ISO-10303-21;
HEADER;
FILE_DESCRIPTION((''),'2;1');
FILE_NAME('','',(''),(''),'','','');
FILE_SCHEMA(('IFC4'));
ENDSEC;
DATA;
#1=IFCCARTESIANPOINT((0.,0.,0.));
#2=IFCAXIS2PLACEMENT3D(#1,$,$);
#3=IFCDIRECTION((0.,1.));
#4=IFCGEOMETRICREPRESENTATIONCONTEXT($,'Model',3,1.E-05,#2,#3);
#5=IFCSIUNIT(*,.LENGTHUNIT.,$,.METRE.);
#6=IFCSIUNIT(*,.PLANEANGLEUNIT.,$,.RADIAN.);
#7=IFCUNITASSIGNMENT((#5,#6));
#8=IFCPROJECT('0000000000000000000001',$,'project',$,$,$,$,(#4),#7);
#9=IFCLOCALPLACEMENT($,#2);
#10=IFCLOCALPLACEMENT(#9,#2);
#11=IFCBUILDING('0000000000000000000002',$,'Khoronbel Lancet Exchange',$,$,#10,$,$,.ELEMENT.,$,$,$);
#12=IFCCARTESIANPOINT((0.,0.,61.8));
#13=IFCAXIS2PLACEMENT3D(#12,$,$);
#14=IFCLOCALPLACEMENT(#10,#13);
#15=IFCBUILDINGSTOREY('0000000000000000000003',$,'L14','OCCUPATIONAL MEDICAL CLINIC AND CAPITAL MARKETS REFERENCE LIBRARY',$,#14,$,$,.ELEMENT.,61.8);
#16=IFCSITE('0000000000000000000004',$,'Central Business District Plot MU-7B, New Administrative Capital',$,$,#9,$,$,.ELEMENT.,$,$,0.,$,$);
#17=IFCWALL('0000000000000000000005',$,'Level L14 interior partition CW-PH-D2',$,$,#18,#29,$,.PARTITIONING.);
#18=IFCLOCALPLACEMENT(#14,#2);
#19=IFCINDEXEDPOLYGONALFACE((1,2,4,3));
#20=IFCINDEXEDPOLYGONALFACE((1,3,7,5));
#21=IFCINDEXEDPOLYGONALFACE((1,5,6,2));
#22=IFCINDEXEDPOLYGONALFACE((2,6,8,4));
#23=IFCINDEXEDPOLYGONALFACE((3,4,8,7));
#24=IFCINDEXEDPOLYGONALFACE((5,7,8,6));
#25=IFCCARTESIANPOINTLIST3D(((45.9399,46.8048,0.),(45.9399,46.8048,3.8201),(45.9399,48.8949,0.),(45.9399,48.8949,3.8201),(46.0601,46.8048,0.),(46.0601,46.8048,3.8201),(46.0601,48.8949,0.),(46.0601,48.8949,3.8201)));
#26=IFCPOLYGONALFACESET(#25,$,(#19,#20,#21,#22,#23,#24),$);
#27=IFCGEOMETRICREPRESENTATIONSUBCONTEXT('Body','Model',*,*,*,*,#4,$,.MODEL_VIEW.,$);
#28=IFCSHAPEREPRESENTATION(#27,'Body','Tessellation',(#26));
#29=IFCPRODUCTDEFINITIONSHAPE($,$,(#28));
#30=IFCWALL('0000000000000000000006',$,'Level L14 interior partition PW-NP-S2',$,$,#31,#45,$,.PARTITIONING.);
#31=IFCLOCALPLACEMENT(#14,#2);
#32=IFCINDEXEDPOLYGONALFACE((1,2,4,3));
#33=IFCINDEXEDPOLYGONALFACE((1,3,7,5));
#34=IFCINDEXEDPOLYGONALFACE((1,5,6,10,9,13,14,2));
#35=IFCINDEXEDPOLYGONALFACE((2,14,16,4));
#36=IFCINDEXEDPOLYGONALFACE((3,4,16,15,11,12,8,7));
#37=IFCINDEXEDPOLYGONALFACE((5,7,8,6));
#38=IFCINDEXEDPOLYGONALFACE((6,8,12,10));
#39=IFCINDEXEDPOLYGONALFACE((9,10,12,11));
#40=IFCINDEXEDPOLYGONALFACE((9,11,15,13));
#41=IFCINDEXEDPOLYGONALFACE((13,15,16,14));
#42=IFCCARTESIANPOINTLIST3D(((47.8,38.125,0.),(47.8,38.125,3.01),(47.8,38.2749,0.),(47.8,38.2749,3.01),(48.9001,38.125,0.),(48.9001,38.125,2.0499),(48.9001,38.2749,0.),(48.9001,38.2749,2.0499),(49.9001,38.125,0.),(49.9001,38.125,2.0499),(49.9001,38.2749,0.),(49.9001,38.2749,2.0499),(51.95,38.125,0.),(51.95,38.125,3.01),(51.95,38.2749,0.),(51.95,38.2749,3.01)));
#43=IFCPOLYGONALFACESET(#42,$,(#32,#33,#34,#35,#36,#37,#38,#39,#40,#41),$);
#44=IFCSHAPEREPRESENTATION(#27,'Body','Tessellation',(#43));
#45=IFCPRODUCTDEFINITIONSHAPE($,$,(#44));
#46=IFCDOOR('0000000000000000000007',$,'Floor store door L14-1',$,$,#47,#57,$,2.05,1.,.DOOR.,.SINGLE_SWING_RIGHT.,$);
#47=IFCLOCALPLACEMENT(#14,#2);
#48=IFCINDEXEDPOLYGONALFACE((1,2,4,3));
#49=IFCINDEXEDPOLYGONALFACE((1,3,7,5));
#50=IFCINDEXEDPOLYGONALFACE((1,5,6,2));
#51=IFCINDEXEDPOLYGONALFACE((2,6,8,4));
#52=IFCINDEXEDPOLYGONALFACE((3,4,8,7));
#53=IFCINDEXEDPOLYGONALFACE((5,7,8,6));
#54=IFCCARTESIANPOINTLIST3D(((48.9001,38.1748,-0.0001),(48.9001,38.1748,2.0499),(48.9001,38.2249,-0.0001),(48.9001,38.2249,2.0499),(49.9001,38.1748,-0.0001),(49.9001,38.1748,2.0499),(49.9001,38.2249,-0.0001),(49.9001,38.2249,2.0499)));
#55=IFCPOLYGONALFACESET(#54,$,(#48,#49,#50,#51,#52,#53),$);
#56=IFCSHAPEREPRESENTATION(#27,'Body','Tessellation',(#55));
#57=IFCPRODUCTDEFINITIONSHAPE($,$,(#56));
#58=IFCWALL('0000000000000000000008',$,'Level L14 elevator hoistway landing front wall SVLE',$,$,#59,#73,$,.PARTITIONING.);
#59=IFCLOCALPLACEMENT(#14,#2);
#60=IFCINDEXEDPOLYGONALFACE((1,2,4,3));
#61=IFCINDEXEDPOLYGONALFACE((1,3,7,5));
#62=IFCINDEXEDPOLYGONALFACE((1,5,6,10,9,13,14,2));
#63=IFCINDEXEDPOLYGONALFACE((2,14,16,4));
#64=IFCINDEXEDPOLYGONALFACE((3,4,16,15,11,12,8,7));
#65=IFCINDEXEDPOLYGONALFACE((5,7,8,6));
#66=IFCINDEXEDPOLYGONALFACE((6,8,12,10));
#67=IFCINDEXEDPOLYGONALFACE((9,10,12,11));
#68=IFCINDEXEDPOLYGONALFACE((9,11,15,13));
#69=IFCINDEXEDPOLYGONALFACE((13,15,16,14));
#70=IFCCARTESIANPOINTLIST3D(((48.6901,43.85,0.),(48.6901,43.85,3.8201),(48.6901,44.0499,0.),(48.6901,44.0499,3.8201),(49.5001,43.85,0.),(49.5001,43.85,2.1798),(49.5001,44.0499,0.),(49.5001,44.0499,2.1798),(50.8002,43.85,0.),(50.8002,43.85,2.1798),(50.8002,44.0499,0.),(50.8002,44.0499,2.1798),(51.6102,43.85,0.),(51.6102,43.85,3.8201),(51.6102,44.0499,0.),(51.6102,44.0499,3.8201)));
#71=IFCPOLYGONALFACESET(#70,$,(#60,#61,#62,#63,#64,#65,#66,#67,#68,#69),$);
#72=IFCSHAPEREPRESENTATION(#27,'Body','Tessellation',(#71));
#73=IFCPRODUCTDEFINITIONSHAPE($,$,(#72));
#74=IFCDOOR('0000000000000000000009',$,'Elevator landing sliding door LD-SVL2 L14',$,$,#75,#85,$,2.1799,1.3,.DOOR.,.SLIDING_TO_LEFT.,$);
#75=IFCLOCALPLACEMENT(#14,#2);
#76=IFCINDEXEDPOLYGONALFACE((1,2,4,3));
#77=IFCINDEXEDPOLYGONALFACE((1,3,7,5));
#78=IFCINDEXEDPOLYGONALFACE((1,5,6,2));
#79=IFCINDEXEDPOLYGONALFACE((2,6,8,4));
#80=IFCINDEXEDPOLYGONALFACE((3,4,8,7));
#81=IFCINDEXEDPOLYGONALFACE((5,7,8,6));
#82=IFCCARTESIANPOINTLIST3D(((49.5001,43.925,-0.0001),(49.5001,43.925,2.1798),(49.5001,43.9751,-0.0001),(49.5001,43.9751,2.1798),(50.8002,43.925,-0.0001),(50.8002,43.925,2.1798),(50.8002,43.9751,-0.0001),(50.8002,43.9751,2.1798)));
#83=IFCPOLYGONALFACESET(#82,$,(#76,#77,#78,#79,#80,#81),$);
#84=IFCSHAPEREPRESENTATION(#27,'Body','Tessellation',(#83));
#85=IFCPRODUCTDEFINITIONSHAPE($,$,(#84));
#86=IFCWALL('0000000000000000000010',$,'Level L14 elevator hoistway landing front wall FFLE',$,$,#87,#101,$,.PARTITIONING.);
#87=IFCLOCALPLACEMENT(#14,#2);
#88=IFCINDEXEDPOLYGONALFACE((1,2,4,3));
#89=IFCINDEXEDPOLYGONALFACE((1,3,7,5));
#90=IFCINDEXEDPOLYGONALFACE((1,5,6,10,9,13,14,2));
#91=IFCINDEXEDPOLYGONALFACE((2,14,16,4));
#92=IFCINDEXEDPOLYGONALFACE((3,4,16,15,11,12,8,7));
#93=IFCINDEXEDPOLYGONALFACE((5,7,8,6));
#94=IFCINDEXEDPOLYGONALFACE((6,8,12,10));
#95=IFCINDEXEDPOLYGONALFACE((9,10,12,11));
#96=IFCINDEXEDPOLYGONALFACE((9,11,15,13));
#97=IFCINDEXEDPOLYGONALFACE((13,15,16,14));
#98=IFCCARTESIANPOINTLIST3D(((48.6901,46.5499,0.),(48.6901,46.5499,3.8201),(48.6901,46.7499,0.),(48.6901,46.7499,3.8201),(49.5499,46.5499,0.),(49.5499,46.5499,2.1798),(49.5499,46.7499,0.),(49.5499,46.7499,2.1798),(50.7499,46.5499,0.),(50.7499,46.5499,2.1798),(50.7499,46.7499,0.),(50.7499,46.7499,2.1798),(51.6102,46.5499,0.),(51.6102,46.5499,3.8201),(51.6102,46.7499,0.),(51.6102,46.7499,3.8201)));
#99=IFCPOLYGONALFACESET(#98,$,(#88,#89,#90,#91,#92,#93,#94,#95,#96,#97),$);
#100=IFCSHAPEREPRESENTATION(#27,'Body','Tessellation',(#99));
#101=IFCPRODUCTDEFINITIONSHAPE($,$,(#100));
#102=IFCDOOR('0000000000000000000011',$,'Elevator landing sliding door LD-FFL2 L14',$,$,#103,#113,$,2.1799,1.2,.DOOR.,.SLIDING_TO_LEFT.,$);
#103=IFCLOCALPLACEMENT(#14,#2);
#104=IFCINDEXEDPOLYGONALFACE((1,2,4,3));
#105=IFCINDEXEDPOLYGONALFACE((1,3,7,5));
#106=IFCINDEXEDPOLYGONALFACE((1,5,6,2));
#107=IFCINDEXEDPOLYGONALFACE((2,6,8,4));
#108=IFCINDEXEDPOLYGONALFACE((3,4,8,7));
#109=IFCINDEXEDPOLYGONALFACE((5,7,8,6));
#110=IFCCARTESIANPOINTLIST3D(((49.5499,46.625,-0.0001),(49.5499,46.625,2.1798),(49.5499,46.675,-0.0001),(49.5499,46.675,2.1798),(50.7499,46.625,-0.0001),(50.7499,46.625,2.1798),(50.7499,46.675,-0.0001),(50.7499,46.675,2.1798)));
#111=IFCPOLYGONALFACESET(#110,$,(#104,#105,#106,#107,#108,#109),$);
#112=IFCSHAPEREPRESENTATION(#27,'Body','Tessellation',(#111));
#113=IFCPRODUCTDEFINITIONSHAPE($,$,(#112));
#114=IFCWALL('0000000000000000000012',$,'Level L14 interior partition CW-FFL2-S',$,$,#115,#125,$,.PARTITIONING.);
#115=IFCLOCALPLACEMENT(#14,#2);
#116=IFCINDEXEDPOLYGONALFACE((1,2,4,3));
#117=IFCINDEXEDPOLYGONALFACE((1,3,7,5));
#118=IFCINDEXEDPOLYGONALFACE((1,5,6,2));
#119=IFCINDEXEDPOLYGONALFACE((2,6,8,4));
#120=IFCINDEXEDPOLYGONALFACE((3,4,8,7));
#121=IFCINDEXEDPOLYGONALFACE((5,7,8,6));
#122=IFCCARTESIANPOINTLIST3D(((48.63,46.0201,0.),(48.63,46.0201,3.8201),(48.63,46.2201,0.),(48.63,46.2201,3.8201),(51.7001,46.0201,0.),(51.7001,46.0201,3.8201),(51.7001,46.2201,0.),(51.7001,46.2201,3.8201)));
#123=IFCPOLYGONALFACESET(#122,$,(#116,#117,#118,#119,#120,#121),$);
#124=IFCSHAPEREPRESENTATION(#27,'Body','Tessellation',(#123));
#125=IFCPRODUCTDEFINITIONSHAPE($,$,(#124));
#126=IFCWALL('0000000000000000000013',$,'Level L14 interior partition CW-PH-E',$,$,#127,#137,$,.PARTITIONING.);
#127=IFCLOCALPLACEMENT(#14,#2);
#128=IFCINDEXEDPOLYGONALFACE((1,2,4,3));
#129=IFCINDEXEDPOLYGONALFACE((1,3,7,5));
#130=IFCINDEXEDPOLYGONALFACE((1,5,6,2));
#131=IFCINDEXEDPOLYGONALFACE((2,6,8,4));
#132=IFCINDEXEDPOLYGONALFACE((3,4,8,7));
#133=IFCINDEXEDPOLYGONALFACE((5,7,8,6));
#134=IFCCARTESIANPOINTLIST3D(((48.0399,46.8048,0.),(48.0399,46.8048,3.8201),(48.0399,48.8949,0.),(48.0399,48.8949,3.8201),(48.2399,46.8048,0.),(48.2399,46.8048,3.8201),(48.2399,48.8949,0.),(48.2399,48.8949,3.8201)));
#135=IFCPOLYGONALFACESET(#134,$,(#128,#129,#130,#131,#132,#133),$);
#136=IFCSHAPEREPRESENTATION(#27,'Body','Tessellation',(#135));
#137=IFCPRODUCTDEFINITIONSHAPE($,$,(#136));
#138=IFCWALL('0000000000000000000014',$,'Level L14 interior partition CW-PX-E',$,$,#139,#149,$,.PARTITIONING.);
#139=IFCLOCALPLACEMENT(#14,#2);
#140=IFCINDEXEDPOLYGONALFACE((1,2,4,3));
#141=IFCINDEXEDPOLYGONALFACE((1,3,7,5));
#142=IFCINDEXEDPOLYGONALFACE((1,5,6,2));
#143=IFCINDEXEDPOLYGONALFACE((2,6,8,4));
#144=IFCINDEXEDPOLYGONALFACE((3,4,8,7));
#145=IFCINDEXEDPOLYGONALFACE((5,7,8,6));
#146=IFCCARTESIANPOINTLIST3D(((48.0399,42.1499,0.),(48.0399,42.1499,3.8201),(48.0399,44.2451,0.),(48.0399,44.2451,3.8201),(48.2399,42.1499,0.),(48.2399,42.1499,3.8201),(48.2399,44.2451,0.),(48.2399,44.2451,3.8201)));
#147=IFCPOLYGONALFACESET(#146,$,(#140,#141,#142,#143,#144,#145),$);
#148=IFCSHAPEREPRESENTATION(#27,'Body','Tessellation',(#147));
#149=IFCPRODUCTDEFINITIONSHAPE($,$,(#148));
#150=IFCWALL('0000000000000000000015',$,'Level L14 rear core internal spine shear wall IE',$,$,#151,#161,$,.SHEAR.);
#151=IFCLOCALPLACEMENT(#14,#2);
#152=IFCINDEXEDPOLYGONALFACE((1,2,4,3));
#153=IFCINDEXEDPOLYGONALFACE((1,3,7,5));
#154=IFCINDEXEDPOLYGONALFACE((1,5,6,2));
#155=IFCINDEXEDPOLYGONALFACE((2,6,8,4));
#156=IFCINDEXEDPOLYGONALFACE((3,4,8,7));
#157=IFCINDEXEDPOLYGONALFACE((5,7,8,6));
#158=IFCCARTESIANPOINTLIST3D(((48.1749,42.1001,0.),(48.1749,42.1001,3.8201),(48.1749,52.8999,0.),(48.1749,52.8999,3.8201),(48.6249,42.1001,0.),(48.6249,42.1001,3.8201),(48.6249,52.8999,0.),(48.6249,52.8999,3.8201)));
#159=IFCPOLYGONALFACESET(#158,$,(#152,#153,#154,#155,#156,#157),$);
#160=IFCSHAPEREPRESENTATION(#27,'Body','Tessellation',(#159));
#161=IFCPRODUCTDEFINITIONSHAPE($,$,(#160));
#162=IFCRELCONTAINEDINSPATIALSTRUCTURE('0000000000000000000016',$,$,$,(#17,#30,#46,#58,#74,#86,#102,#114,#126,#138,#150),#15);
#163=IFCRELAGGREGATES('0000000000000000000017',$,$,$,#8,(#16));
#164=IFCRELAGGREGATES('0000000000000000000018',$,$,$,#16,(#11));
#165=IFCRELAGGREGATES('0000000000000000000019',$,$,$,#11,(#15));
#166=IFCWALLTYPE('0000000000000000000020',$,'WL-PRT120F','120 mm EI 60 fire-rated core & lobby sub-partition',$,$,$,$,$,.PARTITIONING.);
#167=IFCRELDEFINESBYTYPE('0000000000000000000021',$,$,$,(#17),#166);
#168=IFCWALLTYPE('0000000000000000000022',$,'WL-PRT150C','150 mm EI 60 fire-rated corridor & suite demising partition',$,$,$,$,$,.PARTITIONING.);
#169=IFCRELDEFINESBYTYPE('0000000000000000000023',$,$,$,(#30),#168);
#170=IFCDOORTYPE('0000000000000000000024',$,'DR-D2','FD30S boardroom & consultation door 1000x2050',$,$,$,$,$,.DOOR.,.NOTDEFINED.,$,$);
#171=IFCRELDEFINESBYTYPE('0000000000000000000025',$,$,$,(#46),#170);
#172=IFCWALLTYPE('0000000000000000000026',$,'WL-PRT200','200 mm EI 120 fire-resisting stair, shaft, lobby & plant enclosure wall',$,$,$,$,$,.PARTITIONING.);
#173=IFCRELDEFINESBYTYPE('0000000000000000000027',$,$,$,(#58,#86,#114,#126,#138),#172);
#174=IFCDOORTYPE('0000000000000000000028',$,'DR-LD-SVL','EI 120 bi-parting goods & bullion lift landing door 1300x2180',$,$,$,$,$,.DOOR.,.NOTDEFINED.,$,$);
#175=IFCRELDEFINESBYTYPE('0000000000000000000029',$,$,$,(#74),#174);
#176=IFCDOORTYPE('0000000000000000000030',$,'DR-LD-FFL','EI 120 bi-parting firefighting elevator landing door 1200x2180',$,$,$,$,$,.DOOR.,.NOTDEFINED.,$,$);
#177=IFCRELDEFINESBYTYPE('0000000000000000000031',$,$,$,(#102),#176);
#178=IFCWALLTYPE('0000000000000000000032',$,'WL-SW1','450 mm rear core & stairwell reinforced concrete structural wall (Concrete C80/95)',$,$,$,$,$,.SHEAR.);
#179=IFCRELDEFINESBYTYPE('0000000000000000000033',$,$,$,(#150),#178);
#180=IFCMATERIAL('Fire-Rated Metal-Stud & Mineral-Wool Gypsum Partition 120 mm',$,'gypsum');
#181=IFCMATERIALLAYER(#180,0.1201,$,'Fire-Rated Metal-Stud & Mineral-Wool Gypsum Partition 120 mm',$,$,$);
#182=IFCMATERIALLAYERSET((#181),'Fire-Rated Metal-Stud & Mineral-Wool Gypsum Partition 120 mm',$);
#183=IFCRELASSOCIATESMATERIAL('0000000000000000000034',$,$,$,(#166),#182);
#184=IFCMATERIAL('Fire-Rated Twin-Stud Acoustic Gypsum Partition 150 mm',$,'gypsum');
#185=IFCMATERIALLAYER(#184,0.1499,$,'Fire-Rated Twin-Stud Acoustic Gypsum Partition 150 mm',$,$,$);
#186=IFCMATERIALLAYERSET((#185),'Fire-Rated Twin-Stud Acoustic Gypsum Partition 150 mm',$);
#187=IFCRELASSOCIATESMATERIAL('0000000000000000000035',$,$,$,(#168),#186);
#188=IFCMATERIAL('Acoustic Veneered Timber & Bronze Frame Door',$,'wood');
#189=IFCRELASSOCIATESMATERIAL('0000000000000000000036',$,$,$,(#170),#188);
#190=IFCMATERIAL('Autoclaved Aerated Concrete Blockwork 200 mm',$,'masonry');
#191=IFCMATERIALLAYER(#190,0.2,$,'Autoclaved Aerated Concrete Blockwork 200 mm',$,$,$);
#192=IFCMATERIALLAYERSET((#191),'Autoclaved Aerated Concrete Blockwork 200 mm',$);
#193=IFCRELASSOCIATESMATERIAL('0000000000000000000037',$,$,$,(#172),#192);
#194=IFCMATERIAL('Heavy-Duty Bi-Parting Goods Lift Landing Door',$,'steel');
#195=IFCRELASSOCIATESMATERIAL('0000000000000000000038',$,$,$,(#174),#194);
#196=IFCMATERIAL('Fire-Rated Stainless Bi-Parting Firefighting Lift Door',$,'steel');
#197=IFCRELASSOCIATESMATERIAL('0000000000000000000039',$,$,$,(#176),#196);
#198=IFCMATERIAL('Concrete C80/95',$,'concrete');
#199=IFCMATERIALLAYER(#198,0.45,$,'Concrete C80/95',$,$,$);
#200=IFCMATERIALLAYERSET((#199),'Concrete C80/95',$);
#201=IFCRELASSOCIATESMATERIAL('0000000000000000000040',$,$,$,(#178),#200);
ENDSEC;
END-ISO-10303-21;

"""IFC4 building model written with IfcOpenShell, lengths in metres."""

from ifc_helpers import new_model, si_unit, direction, frame, frame_2d, origin, place, context, subcontext, project, spatial, rectangle, extrude, material, layer, layer_set, type_object, element, fill, save


model = new_model("IFC4")

# Units and contexts
model_context = context("Model", 3, precision=1e-05, world=origin(), true_north=direction((0.0, 1.0)))
body_context = subcontext(model_context, "Body", "Model", "MODEL_VIEW")
ifc_project = project(units=[si_unit("LENGTHUNIT", "METRE"), si_unit("PLANEANGLEUNIT", "RADIAN")], contexts=[model_context])

# Site, building, storey
site_placement = place(None, origin())
site = spatial("IfcSite", under=ifc_project, at=site_placement, Name="Central Business District Plot MU-7B, New Administrative Capital", CompositionType="ELEMENT", RefElevation=0.0)
building_placement = place(site_placement, origin())
building = spatial("IfcBuilding", under=site, at=building_placement, Name="Khoronbel Lancet Exchange", CompositionType="ELEMENT")
storey_placement = place(building_placement, frame((0.0, 0.0, 61.8)))
storey = spatial("IfcBuildingStorey", under=building, at=storey_placement, Name="L14", Description="OCCUPATIONAL MEDICAL CLINIC AND CAPITAL MARKETS REFERENCE LIBRARY", CompositionType="ELEMENT", Elevation=61.8)

# Wall
ifc_material_1 = material(Name="Fire-Rated Metal-Stud & Mineral-Wool Gypsum Partition 120 mm", Category="gypsum")
ifc_layer_1 = layer(ifc_material_1, 0.1201, Name="Fire-Rated Metal-Stud & Mineral-Wool Gypsum Partition 120 mm")
ifc_layer_set_1 = layer_set([ifc_layer_1], Name="Fire-Rated Metal-Stud & Mineral-Wool Gypsum Partition 120 mm")
wall_type_1 = type_object("IfcWallType", Name="WL-PRT120F", Description="120 mm EI 60 fire-rated core & lobby sub-partition", PredefinedType="PARTITIONING", material=ifc_layer_set_1)
wall_1_placement = place(storey_placement, frame((46.0, 46.8049, 0.0), z_axis=(0.0, 0.0, 1.0), x_axis=(0.0, 1.0, 0.0)))
element("IfcWall", 1, at=wall_1_placement, inside=storey, type_object=wall_type_1, Name="Level L14 interior partition CW-PH-D2", PredefinedType="PARTITIONING", context=body_context, shape_type="SweptSolid", body=[
    extrude(rectangle(XDim=2.0901, YDim=0.1201, at=frame_2d((1.0449, 0.0))), origin(), (0.0, 0.0, 1.0), 3.8201),
])

# Walls, openings, doors
ifc_material_2 = material(Name="Fire-Rated Twin-Stud Acoustic Gypsum Partition 150 mm", Category="gypsum")
ifc_layer_2 = layer(ifc_material_2, 0.1499, Name="Fire-Rated Twin-Stud Acoustic Gypsum Partition 150 mm")
ifc_layer_set_2 = layer_set([ifc_layer_2], Name="Fire-Rated Twin-Stud Acoustic Gypsum Partition 150 mm")
wall_type_2 = type_object("IfcWallType", Name="WL-PRT150C", Description="150 mm EI 60 fire-rated corridor & suite demising partition", PredefinedType="PARTITIONING", material=ifc_layer_set_2)
wall_2_placement = place(storey_placement, frame((47.8, 38.2, 0.0), z_axis=(0.0, 0.0, 1.0), x_axis=(1.0, 0.0, 0.0)))
wall_2 = element("IfcWall", 2, at=wall_2_placement, inside=storey, type_object=wall_type_2, Name="Level L14 interior partition PW-NP-S2", PredefinedType="PARTITIONING", context=body_context, shape_type="SweptSolid", body=[
    extrude(rectangle(XDim=4.1499, YDim=0.1499, at=frame_2d((2.075, 0.0))), origin(), (0.0, 0.0, 1.0), 3.01),
])
opening_1_placement = place(wall_2_placement, frame((1.1001, 0.0, 0.0)))
opening_1 = element("IfcOpeningElement", 3, at=opening_1_placement, cuts=wall_2, PredefinedType="OPENING", context=body_context, shape_type="SweptSolid", body=[
    extrude(rectangle(XDim=1.0, YDim=2.05, at=frame_2d((0.5, 1.0249))), frame((0.0, 0.085, 0.0), z_axis=(0.0, -1.0, 0.0), x_axis=(1.0, 0.0, 0.0)), (0.0, 0.0, 1.0), 0.1699),
])
ifc_material_3 = material(Name="Acoustic Veneered Timber & Bronze Frame Door", Category="wood")
door_type_1 = type_object("IfcDoorType", Name="DR-D2", Description="FD30S boardroom & consultation door 1000x2050", OperationType="NOTDEFINED", PredefinedType="DOOR", material=ifc_material_3)
door_1_placement = place(opening_1_placement, origin())
door_1 = element("IfcDoor", 4, at=door_1_placement, inside=storey, type_object=door_type_1, Name="Floor store door L14-1", OperationType="SINGLE_SWING_RIGHT", OverallHeight=2.05, OverallWidth=1.0, PredefinedType="DOOR", context=body_context, shape_type="SweptSolid", body=[
    extrude(rectangle(XDim=1.0, YDim=2.05, at=frame_2d((0.5, 1.0249))), frame((0.0, 0.0249, 0.0), z_axis=(0.0, -1.0, 0.0), x_axis=(1.0, 0.0, 0.0)), (0.0, 0.0, 1.0), 0.05),
])
fill(opening_1, door_1)
ifc_material_4 = material(Name="Autoclaved Aerated Concrete Blockwork 200 mm", Category="masonry")
ifc_layer_3 = layer(ifc_material_4, 0.2, Name="Autoclaved Aerated Concrete Blockwork 200 mm")
ifc_layer_set_3 = layer_set([ifc_layer_3], Name="Autoclaved Aerated Concrete Blockwork 200 mm")
wall_type_3 = type_object("IfcWallType", Name="WL-PRT200", Description="200 mm EI 120 fire-resisting stair, shaft, lobby & plant enclosure wall", PredefinedType="PARTITIONING", material=ifc_layer_set_3)
wall_3_placement = place(storey_placement, frame((51.6101, 43.95, 0.0), z_axis=(0.0, 0.0, 1.0), x_axis=(-1.0, 0.0, 0.0)))
wall_3 = element("IfcWall", 5, at=wall_3_placement, inside=storey, type_object=wall_type_3, Name="Level L14 elevator hoistway landing front wall SVLE", PredefinedType="PARTITIONING", context=body_context, shape_type="SweptSolid", body=[
    extrude(rectangle(XDim=2.9202, YDim=0.2, at=frame_2d((1.46, 0.0))), origin(), (0.0, 0.0, 1.0), 3.8201),
])
opening_2_placement = place(wall_3_placement, frame((0.8101, 0.0, 0.0)))
opening_2 = element("IfcOpeningElement", 6, at=opening_2_placement, cuts=wall_3, PredefinedType="OPENING", context=body_context, shape_type="SweptSolid", body=[
    extrude(rectangle(XDim=1.3, YDim=2.1799, at=frame_2d((0.6499, 1.0898))), frame((0.0, 0.1099, 0.0), z_axis=(0.0, -1.0, 0.0), x_axis=(1.0, 0.0, 0.0)), (0.0, 0.0, 1.0), 0.22),
])
ifc_material_5 = material(Name="Heavy-Duty Bi-Parting Goods Lift Landing Door", Category="steel")
door_type_2 = type_object("IfcDoorType", Name="DR-LD-SVL", Description="EI 120 bi-parting goods & bullion lift landing door 1300x2180", OperationType="NOTDEFINED", PredefinedType="DOOR", material=ifc_material_5)
door_2_placement = place(opening_2_placement, origin())
door_2 = element("IfcDoor", 7, at=door_2_placement, inside=storey, type_object=door_type_2, Name="Elevator landing sliding door LD-SVL2 L14", OperationType="SLIDING_TO_LEFT", OverallHeight=2.1799, OverallWidth=1.3, PredefinedType="DOOR", context=body_context, shape_type="SweptSolid", body=[
    extrude(rectangle(XDim=1.3, YDim=2.1799, at=frame_2d((0.6499, 1.0898))), frame((0.0, 0.0249, 0.0), z_axis=(0.0, -1.0, 0.0), x_axis=(1.0, 0.0, 0.0)), (0.0, 0.0, 1.0), 0.05),
])
fill(opening_2, door_2)
wall_4_placement = place(storey_placement, frame((51.6101, 46.6499, 0.0), z_axis=(0.0, 0.0, 1.0), x_axis=(-1.0, 0.0, 0.0)))
wall_4 = element("IfcWall", 8, at=wall_4_placement, inside=storey, type_object=wall_type_3, Name="Level L14 elevator hoistway landing front wall FFLE", PredefinedType="PARTITIONING", context=body_context, shape_type="SweptSolid", body=[
    extrude(rectangle(XDim=2.9202, YDim=0.2, at=frame_2d((1.46, 0.0))), origin(), (0.0, 0.0, 1.0), 3.8201),
])
opening_3_placement = place(wall_4_placement, frame((0.8601, 0.0, 0.0)))
opening_3 = element("IfcOpeningElement", 9, at=opening_3_placement, cuts=wall_4, PredefinedType="OPENING", context=body_context, shape_type="SweptSolid", body=[
    extrude(rectangle(XDim=1.2, YDim=2.1799, at=frame_2d((0.6001, 1.0898))), frame((0.0, 0.1099, 0.0), z_axis=(0.0, -1.0, 0.0), x_axis=(1.0, 0.0, 0.0)), (0.0, 0.0, 1.0), 0.22),
])
ifc_material_6 = material(Name="Fire-Rated Stainless Bi-Parting Firefighting Lift Door", Category="steel")
door_type_3 = type_object("IfcDoorType", Name="DR-LD-FFL", Description="EI 120 bi-parting firefighting elevator landing door 1200x2180", OperationType="NOTDEFINED", PredefinedType="DOOR", material=ifc_material_6)
door_3_placement = place(opening_3_placement, origin())
door_3 = element("IfcDoor", 10, at=door_3_placement, inside=storey, type_object=door_type_3, Name="Elevator landing sliding door LD-FFL2 L14", OperationType="SLIDING_TO_LEFT", OverallHeight=2.1799, OverallWidth=1.2, PredefinedType="DOOR", context=body_context, shape_type="SweptSolid", body=[
    extrude(rectangle(XDim=1.2, YDim=2.1799, at=frame_2d((0.6001, 1.0898))), frame((0.0, 0.0249, 0.0), z_axis=(0.0, -1.0, 0.0), x_axis=(1.0, 0.0, 0.0)), (0.0, 0.0, 1.0), 0.05),
])
fill(opening_3, door_3)

# Wall
wall_5_placement = place(storey_placement, frame((48.6299, 46.1201, 0.0), z_axis=(0.0, 0.0, 1.0), x_axis=(1.0, 0.0, 0.0)))
element("IfcWall", 11, at=wall_5_placement, inside=storey, type_object=wall_type_3, Name="Level L14 interior partition CW-FFL2-S", PredefinedType="PARTITIONING", context=body_context, shape_type="SweptSolid", body=[
    extrude(rectangle(XDim=3.0701, YDim=0.2, at=frame_2d((1.5352, 0.0))), origin(), (0.0, 0.0, 1.0), 3.8201),
])

# Walls
wall_6_placement = place(storey_placement, frame((48.1399, 46.8049, 0.0), z_axis=(0.0, 0.0, 1.0), x_axis=(0.0, 1.0, 0.0)))
element("IfcWall", 12, at=wall_6_placement, inside=storey, type_object=wall_type_3, Name="Level L14 interior partition CW-PH-E", PredefinedType="PARTITIONING", context=body_context, shape_type="SweptSolid", body=[
    extrude(rectangle(XDim=2.0901, YDim=0.2, at=frame_2d((1.0449, 0.0))), origin(), (0.0, 0.0, 1.0), 3.8201),
])
wall_7_placement = place(storey_placement, frame((48.1399, 42.1499, 0.0), z_axis=(0.0, 0.0, 1.0), x_axis=(0.0, 1.0, 0.0)))
element("IfcWall", 13, at=wall_7_placement, inside=storey, type_object=wall_type_3, Name="Level L14 interior partition CW-PX-E", PredefinedType="PARTITIONING", context=body_context, shape_type="SweptSolid", body=[
    extrude(rectangle(XDim=2.0952, YDim=0.2, at=frame_2d((1.0476, 0.0))), origin(), (0.0, 0.0, 1.0), 3.8201),
])
ifc_material_7 = material(Name="Concrete C80/95", Category="concrete")
ifc_layer_4 = layer(ifc_material_7, 0.45, Name="Concrete C80/95")
ifc_layer_set_4 = layer_set([ifc_layer_4], Name="Concrete C80/95")
wall_type_4 = type_object("IfcWallType", Name="WL-SW1", Description="450 mm rear core & stairwell reinforced concrete structural wall (Concrete C80/95)", PredefinedType="SHEAR", material=ifc_layer_set_4)
wall_8_placement = place(storey_placement, frame((48.3999, 42.1001, 0.0), z_axis=(0.0, 0.0, 1.0), x_axis=(0.0, 1.0, 0.0)))
element("IfcWall", 14, at=wall_8_placement, inside=storey, type_object=wall_type_4, Name="Level L14 rear core internal spine shear wall IE", PredefinedType="SHEAR", context=body_context, shape_type="SweptSolid", body=[
    extrude(rectangle(XDim=10.7998, YDim=0.45, at=frame_2d((5.3999, 0.0))), origin(), (0.0, 0.0, 1.0), 3.8201),
])

save(model, "model.ifc")
